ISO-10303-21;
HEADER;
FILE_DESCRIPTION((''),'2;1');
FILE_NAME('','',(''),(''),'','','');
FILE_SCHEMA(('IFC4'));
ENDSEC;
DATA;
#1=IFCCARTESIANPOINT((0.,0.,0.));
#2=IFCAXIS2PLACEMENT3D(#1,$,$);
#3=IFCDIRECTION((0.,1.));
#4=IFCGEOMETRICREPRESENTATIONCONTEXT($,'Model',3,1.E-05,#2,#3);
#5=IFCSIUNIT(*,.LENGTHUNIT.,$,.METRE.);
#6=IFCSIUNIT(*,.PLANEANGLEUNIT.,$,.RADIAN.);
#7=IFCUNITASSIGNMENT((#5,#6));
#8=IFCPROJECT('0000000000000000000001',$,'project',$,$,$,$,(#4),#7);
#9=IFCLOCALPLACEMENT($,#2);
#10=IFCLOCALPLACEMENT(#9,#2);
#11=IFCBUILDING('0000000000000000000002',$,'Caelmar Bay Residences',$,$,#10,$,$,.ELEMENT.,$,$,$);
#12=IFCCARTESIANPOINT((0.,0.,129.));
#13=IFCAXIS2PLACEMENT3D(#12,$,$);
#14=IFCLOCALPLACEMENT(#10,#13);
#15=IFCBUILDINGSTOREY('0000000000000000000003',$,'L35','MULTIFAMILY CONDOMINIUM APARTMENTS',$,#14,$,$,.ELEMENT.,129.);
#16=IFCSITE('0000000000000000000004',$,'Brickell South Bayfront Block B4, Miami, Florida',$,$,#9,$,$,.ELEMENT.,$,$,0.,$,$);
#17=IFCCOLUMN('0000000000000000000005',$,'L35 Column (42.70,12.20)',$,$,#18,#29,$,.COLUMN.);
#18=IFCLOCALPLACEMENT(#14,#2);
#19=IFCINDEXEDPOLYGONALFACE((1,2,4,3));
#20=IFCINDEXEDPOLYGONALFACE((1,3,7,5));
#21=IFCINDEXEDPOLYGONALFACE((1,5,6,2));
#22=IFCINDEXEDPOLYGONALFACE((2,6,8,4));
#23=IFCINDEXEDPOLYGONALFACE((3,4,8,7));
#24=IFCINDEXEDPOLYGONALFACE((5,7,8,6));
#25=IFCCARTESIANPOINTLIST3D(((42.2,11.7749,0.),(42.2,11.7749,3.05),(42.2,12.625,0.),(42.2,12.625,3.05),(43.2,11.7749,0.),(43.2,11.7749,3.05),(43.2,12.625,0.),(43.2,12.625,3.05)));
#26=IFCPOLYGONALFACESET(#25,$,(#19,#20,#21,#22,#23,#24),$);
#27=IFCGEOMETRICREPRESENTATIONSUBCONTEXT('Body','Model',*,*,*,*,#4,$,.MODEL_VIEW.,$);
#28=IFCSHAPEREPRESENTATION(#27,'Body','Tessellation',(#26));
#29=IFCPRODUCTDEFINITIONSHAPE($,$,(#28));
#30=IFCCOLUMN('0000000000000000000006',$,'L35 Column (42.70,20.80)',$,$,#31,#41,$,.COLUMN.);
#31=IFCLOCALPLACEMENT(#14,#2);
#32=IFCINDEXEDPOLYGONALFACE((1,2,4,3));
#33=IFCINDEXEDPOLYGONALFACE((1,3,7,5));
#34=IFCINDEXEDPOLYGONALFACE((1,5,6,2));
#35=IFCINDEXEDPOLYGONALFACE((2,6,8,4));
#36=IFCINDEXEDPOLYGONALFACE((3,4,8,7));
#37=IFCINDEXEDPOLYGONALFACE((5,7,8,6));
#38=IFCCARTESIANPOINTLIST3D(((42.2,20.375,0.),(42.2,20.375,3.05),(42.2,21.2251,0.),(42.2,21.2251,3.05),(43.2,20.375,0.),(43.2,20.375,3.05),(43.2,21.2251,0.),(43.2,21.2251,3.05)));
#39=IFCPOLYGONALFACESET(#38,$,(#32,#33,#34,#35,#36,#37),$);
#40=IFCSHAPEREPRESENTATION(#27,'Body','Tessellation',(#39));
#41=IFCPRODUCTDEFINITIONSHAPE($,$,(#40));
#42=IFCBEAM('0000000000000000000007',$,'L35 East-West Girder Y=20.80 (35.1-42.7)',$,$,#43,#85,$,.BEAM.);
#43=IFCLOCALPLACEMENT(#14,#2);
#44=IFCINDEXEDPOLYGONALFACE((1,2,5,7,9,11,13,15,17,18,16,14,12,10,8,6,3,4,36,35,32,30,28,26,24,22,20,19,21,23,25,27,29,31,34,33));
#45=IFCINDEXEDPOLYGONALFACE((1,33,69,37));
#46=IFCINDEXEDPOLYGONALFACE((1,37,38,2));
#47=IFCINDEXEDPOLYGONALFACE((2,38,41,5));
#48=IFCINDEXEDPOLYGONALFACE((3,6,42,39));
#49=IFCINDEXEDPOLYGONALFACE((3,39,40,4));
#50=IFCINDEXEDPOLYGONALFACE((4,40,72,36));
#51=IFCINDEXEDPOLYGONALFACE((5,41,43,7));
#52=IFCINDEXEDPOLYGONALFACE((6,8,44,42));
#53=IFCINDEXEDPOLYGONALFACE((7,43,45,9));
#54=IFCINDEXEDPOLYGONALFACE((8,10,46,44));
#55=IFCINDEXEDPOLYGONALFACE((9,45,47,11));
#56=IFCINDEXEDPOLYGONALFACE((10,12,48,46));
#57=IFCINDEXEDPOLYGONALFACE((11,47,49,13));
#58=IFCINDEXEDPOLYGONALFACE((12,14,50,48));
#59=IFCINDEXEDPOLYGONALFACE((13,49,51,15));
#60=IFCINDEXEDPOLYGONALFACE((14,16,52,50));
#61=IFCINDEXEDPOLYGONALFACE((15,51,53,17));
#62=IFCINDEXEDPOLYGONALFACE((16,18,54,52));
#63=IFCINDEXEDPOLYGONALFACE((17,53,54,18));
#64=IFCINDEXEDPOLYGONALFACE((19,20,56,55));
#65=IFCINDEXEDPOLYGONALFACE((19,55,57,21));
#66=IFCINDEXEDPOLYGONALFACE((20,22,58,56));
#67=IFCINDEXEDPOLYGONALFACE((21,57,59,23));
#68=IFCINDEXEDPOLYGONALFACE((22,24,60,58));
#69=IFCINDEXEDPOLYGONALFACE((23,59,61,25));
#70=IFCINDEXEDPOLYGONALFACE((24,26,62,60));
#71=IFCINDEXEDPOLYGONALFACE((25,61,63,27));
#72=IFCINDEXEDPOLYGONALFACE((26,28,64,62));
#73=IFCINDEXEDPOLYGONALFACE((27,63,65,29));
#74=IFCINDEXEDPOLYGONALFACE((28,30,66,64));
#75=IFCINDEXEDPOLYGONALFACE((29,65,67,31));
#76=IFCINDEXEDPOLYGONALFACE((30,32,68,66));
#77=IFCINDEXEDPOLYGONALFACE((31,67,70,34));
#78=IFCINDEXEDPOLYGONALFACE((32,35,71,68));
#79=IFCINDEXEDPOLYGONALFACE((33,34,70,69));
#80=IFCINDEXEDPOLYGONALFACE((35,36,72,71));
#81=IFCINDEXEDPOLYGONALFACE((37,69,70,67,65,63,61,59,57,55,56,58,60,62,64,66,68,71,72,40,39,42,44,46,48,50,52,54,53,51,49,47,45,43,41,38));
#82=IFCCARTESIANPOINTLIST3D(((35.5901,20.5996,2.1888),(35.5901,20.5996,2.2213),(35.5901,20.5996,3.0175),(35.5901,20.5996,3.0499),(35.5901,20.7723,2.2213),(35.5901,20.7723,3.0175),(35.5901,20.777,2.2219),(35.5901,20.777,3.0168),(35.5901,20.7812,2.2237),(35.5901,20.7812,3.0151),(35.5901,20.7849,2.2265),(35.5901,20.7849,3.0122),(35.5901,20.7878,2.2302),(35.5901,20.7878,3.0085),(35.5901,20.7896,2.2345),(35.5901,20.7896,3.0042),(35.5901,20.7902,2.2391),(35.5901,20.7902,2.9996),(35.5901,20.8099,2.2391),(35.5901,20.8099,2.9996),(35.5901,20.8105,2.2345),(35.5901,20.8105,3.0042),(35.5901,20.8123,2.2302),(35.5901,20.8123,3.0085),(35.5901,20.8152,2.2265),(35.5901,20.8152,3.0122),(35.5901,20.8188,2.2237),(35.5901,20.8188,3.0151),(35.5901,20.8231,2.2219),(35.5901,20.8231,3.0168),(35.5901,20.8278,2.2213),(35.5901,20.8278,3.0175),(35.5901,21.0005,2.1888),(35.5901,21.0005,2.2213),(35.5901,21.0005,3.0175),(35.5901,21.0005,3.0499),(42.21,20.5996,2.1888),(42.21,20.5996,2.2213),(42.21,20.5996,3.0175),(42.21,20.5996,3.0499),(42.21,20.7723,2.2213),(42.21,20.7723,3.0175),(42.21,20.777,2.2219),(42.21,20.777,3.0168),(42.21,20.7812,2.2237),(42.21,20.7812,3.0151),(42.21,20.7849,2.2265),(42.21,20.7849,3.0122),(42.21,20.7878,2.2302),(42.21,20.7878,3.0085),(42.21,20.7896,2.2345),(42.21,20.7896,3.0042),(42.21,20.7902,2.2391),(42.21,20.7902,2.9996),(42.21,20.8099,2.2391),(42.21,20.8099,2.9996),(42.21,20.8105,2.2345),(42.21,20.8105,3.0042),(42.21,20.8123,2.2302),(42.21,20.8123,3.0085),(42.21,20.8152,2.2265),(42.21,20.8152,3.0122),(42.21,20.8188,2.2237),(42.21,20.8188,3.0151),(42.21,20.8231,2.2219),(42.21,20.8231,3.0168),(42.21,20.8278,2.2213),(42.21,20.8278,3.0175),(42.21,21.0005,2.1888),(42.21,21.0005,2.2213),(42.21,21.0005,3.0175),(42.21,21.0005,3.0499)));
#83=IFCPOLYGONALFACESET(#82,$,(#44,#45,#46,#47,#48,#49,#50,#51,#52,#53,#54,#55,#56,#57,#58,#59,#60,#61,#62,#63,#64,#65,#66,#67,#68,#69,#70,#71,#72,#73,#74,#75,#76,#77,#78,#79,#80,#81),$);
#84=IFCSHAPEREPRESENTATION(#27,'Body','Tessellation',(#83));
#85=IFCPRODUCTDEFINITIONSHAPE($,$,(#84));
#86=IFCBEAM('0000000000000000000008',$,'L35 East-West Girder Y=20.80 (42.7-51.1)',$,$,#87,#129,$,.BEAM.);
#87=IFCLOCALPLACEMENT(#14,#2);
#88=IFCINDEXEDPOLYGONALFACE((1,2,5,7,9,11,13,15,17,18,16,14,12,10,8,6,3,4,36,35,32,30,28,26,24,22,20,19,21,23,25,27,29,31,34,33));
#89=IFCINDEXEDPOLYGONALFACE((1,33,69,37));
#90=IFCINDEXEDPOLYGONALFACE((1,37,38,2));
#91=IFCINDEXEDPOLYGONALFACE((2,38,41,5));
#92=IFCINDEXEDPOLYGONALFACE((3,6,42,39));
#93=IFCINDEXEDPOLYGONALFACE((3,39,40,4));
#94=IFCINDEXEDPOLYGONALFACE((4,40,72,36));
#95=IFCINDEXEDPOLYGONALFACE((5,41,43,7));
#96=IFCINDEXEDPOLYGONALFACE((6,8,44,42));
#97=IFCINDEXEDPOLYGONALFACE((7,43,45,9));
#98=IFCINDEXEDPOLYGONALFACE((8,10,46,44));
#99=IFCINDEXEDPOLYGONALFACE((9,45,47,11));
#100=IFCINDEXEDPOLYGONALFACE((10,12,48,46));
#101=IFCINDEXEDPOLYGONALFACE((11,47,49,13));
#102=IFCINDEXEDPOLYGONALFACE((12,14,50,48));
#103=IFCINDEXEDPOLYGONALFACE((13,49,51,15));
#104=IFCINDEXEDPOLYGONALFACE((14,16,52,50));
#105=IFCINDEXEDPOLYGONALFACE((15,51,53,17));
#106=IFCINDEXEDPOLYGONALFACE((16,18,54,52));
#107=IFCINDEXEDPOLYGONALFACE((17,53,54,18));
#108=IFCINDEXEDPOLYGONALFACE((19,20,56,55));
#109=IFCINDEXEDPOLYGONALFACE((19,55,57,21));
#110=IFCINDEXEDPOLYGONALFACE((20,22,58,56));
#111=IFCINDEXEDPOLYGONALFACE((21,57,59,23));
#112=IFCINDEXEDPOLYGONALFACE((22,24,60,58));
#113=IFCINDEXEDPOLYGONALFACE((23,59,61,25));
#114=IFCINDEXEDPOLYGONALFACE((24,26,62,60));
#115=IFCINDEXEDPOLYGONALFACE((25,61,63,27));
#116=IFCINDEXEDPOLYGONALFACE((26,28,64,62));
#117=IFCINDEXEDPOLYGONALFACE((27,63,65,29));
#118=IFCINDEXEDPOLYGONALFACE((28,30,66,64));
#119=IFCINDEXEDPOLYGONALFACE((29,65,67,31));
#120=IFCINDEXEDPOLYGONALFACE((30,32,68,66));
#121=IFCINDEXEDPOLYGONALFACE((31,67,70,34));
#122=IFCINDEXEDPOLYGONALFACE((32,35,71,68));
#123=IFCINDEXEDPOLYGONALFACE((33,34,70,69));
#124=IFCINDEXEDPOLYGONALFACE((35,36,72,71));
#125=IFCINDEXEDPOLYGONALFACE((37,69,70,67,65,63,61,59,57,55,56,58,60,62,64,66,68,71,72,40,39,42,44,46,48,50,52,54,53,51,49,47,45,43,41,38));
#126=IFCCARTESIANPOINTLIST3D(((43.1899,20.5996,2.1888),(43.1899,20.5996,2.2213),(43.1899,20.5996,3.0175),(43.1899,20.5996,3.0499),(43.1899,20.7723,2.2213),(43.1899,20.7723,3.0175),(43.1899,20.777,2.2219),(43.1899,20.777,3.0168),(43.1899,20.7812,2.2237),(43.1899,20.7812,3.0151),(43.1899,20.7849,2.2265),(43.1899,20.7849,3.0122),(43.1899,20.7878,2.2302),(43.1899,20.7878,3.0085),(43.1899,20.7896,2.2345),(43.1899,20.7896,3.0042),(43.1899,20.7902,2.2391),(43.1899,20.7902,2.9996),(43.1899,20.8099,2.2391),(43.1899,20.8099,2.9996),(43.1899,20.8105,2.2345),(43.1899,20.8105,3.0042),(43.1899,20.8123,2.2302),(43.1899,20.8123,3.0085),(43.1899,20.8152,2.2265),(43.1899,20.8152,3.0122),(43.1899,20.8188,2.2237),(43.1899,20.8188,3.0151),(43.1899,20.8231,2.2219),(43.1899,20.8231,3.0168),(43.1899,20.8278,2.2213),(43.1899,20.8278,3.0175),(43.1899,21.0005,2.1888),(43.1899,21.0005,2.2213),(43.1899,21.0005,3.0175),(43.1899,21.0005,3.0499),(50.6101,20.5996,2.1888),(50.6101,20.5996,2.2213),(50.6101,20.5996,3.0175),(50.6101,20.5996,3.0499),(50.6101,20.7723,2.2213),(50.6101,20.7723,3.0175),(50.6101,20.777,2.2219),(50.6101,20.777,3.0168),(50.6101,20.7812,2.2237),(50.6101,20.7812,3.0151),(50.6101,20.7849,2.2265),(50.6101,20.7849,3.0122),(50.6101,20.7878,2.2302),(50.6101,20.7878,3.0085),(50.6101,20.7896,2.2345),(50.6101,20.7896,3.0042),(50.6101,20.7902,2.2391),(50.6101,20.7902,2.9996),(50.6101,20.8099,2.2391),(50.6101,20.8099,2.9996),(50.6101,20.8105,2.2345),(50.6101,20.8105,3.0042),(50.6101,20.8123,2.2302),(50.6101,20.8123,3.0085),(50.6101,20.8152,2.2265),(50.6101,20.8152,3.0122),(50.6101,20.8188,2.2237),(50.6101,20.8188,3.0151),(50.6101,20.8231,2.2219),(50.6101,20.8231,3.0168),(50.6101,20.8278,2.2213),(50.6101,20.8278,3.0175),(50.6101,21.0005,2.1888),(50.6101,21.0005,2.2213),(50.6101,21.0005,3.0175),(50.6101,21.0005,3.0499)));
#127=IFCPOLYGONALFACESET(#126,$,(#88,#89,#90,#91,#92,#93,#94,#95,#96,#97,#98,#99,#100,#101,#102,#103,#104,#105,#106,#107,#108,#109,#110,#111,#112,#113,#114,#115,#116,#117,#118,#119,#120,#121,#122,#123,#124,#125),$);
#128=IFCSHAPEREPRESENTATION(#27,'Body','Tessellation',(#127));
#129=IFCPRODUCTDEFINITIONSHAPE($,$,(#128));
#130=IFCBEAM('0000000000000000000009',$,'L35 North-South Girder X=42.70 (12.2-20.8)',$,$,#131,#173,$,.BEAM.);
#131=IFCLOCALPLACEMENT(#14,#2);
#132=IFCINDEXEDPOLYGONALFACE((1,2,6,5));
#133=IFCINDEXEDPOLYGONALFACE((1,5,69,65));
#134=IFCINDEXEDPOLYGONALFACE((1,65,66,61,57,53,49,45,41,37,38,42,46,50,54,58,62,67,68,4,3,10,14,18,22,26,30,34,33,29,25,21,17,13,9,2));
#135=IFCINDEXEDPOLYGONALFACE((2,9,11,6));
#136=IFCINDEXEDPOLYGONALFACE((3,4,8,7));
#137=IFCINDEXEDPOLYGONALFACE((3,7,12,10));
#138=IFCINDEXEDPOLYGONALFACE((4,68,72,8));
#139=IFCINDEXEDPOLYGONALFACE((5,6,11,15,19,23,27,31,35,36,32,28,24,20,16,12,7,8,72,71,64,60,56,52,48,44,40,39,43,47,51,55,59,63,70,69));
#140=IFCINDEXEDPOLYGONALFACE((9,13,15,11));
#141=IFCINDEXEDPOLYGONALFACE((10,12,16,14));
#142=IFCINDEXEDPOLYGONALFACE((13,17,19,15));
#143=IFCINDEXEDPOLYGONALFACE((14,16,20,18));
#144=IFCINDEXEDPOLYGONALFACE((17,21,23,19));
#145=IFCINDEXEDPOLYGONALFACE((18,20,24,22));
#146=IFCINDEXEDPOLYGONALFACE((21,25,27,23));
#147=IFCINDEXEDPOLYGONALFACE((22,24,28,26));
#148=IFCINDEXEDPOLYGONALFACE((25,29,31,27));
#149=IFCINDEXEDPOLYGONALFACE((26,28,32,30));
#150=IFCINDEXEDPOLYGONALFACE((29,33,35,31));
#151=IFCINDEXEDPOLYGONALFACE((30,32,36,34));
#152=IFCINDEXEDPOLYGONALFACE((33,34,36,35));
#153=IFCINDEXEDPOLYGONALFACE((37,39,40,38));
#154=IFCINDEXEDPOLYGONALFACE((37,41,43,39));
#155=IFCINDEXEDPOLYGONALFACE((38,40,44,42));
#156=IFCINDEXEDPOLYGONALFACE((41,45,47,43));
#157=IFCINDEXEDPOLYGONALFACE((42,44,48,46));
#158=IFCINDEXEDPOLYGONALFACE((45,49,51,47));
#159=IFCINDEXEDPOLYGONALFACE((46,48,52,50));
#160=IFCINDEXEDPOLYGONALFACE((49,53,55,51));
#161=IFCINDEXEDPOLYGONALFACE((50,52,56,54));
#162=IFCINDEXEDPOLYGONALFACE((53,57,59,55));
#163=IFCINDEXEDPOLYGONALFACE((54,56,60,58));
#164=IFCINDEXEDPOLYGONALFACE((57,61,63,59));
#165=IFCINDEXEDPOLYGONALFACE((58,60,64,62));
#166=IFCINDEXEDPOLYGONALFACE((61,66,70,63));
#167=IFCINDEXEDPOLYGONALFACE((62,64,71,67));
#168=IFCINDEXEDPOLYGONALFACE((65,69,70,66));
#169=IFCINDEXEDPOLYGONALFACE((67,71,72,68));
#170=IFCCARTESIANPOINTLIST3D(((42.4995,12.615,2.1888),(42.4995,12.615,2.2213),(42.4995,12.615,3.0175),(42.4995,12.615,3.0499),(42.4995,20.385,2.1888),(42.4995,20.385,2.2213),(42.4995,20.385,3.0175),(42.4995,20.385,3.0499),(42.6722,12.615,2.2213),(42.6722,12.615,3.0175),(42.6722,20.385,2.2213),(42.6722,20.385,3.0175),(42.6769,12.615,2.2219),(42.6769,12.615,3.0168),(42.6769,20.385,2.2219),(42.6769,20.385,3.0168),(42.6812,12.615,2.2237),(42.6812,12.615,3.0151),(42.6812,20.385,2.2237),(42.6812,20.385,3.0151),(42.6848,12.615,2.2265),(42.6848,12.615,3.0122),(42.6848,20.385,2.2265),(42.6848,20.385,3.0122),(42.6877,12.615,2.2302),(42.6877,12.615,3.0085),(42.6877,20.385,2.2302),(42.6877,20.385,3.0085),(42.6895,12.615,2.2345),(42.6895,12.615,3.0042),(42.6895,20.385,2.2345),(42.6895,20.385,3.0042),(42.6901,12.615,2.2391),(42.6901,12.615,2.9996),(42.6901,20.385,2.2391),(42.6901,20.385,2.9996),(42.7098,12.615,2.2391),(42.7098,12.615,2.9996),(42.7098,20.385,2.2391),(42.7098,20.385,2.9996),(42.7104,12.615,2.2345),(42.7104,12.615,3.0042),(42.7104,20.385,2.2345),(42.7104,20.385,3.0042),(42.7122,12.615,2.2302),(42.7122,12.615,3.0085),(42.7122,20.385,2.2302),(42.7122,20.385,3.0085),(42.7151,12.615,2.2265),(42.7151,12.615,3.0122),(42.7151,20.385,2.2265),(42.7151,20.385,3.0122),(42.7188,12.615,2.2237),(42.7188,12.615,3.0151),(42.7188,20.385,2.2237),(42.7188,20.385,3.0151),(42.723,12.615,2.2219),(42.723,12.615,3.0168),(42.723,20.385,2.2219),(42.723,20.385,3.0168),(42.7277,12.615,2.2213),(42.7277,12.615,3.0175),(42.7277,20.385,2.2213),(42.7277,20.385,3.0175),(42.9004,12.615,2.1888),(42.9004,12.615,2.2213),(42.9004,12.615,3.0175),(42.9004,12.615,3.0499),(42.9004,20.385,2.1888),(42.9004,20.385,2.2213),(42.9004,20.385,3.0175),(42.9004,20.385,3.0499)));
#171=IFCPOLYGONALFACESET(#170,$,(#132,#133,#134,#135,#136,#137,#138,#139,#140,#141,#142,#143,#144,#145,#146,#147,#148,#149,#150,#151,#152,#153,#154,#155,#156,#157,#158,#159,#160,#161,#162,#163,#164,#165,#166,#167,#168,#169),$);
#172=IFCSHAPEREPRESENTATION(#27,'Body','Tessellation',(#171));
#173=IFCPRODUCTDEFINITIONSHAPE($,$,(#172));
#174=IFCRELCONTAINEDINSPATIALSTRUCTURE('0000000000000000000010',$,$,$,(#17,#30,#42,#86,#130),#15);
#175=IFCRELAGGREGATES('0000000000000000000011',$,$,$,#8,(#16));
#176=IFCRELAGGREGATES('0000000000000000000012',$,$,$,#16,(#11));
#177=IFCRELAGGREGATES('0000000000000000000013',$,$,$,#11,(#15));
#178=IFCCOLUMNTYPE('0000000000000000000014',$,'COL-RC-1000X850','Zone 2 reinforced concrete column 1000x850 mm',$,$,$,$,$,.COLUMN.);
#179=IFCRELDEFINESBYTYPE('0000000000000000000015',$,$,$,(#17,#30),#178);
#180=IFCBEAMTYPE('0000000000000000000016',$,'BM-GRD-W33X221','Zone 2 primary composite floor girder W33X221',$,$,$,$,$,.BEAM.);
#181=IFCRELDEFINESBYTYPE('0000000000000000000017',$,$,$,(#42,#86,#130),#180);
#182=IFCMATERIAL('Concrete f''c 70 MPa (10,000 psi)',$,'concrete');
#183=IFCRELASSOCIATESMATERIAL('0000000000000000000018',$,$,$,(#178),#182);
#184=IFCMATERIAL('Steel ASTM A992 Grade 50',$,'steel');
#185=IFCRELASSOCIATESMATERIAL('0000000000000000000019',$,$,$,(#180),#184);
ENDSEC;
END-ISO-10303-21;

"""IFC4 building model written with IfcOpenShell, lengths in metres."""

from ifc_helpers import new_model, si_unit, direction, frame, origin, origin_2d, place, context, subcontext, project, spatial, rectangle, i_section, extrude, material, material_profile, profile_set, type_object, element, save


model = new_model("IFC4")

# Units and contexts
model_context = context("Model", 3, precision=1e-05, world=origin(), true_north=direction((0.0, 1.0)))
body_context = subcontext(model_context, "Body", "Model", "MODEL_VIEW")
ifc_project = project(units=[si_unit("LENGTHUNIT", "METRE"), si_unit("PLANEANGLEUNIT", "RADIAN")], contexts=[model_context])

# Site, building, storey
site_placement = place(None, origin())
site = spatial("IfcSite", under=ifc_project, at=site_placement, Name="Brickell South Bayfront Block B4, Miami, Florida", CompositionType="ELEMENT", RefElevation=0.0)
building_placement = place(site_placement, origin())
building = spatial("IfcBuilding", under=site, at=building_placement, Name="Caelmar Bay Residences", CompositionType="ELEMENT")
storey_placement = place(building_placement, frame((0.0, 0.0, 129.0)))
storey = spatial("IfcBuildingStorey", under=building, at=storey_placement, Name="L35", Description="MULTIFAMILY CONDOMINIUM APARTMENTS", CompositionType="ELEMENT", Elevation=129.0)

# Columns
ifc_material_1 = material(Name="Concrete f'c 70 MPa (10,000 psi)", Category="concrete")
ifc_material_profile_1 = material_profile(ifc_material_1, rectangle(XDim=1.0, YDim=0.8501, at=origin_2d()), Name="RC-COL-1000X850")
ifc_profile_set_1 = profile_set([ifc_material_profile_1], Name="Concrete f'c 70 MPa (10,000 psi)")
column_type = type_object("IfcColumnType", Name="COL-RC-1000X850", Description="Zone 2 reinforced concrete column 1000x850 mm", PredefinedType="COLUMN", material=ifc_profile_set_1)
for number, where, z_axis, x_axis, name in (
    (1, (42.7, 12.2, 0.0), (0.0, 0.0, 1.0), (1.0, 0.0, 0.0), "L35 Column (42.70,12.20)"),
    (2, (42.7, 20.8, 0.0), (0.0, 0.0, 1.0), (1.0, 0.0, 0.0), "L35 Column (42.70,20.80)"),
):
    element("IfcColumn", number, at=place(storey_placement, frame(where, z_axis=z_axis, x_axis=x_axis)), inside=storey, type_object=column_type, Name=name, PredefinedType="COLUMN", context=body_context, shape_type="SweptSolid", body=[
        extrude(rectangle(XDim=1.0, YDim=0.8501, at=origin_2d()), origin(), (0.0, 0.0, 1.0), 3.05),
    ])

# Beams
ifc_material_2 = material(Name="Steel ASTM A992 Grade 50", Category="steel")
ifc_material_profile_2 = material_profile(ifc_material_2, i_section(OverallWidth=0.4009, OverallDepth=0.8611, WebThickness=0.0198, FlangeThickness=0.0325, FilletRadius=0.0178, at=origin_2d()), Name="W33X221")
ifc_profile_set_2 = profile_set([ifc_material_profile_2], Name="Steel ASTM A992 Grade 50")
beam_type_1 = type_object("IfcBeamType", Name="BM-GRD-W33X221", Description="Zone 2 primary composite floor girder W33X221", PredefinedType="BEAM", material=ifc_profile_set_2)
beam_1_placement = place(storey_placement, frame((35.5901, 20.8, 2.6194), z_axis=(1.0, 0.0, 0.0), x_axis=(0.0, 1.0, 0.0)))
element("IfcBeam", 3, at=beam_1_placement, inside=storey, type_object=beam_type_1, Name="L35 East-West Girder Y=20.80 (35.1-42.7)", PredefinedType="BEAM", context=body_context, shape_type="SweptSolid", body=[
    extrude(i_section(OverallWidth=0.4009, OverallDepth=0.8611, WebThickness=0.0198, FlangeThickness=0.0325, FilletRadius=0.0178, at=origin_2d()), origin(), (0.0, 0.0, 1.0), 6.6199),
])
beam_2_placement = place(storey_placement, frame((43.1899, 20.8, 2.6194), z_axis=(1.0, 0.0, 0.0), x_axis=(0.0, 1.0, 0.0)))
element("IfcBeam", 4, at=beam_2_placement, inside=storey, type_object=beam_type_1, Name="L35 East-West Girder Y=20.80 (42.7-51.1)", PredefinedType="BEAM", context=body_context, shape_type="SweptSolid", body=[
    extrude(i_section(OverallWidth=0.4009, OverallDepth=0.8611, WebThickness=0.0198, FlangeThickness=0.0325, FilletRadius=0.0178, at=origin_2d()), origin(), (0.0, 0.0, 1.0), 7.4202),
])
beam_3_placement = place(storey_placement, frame((42.7, 12.615, 2.6194), z_axis=(0.0, 1.0, 0.0), x_axis=(-1.0, 0.0, 0.0)))
element("IfcBeam", 5, at=beam_3_placement, inside=storey, type_object=beam_type_1, Name="L35 North-South Girder X=42.70 (12.2-20.8)", PredefinedType="BEAM", context=body_context, shape_type="SweptSolid", body=[
    extrude(i_section(OverallWidth=0.4009, OverallDepth=0.8611, WebThickness=0.0198, FlangeThickness=0.0325, FilletRadius=0.0178, at=origin_2d()), origin(), (0.0, 0.0, 1.0), 7.77),
])

save(model, "model.ifc")
